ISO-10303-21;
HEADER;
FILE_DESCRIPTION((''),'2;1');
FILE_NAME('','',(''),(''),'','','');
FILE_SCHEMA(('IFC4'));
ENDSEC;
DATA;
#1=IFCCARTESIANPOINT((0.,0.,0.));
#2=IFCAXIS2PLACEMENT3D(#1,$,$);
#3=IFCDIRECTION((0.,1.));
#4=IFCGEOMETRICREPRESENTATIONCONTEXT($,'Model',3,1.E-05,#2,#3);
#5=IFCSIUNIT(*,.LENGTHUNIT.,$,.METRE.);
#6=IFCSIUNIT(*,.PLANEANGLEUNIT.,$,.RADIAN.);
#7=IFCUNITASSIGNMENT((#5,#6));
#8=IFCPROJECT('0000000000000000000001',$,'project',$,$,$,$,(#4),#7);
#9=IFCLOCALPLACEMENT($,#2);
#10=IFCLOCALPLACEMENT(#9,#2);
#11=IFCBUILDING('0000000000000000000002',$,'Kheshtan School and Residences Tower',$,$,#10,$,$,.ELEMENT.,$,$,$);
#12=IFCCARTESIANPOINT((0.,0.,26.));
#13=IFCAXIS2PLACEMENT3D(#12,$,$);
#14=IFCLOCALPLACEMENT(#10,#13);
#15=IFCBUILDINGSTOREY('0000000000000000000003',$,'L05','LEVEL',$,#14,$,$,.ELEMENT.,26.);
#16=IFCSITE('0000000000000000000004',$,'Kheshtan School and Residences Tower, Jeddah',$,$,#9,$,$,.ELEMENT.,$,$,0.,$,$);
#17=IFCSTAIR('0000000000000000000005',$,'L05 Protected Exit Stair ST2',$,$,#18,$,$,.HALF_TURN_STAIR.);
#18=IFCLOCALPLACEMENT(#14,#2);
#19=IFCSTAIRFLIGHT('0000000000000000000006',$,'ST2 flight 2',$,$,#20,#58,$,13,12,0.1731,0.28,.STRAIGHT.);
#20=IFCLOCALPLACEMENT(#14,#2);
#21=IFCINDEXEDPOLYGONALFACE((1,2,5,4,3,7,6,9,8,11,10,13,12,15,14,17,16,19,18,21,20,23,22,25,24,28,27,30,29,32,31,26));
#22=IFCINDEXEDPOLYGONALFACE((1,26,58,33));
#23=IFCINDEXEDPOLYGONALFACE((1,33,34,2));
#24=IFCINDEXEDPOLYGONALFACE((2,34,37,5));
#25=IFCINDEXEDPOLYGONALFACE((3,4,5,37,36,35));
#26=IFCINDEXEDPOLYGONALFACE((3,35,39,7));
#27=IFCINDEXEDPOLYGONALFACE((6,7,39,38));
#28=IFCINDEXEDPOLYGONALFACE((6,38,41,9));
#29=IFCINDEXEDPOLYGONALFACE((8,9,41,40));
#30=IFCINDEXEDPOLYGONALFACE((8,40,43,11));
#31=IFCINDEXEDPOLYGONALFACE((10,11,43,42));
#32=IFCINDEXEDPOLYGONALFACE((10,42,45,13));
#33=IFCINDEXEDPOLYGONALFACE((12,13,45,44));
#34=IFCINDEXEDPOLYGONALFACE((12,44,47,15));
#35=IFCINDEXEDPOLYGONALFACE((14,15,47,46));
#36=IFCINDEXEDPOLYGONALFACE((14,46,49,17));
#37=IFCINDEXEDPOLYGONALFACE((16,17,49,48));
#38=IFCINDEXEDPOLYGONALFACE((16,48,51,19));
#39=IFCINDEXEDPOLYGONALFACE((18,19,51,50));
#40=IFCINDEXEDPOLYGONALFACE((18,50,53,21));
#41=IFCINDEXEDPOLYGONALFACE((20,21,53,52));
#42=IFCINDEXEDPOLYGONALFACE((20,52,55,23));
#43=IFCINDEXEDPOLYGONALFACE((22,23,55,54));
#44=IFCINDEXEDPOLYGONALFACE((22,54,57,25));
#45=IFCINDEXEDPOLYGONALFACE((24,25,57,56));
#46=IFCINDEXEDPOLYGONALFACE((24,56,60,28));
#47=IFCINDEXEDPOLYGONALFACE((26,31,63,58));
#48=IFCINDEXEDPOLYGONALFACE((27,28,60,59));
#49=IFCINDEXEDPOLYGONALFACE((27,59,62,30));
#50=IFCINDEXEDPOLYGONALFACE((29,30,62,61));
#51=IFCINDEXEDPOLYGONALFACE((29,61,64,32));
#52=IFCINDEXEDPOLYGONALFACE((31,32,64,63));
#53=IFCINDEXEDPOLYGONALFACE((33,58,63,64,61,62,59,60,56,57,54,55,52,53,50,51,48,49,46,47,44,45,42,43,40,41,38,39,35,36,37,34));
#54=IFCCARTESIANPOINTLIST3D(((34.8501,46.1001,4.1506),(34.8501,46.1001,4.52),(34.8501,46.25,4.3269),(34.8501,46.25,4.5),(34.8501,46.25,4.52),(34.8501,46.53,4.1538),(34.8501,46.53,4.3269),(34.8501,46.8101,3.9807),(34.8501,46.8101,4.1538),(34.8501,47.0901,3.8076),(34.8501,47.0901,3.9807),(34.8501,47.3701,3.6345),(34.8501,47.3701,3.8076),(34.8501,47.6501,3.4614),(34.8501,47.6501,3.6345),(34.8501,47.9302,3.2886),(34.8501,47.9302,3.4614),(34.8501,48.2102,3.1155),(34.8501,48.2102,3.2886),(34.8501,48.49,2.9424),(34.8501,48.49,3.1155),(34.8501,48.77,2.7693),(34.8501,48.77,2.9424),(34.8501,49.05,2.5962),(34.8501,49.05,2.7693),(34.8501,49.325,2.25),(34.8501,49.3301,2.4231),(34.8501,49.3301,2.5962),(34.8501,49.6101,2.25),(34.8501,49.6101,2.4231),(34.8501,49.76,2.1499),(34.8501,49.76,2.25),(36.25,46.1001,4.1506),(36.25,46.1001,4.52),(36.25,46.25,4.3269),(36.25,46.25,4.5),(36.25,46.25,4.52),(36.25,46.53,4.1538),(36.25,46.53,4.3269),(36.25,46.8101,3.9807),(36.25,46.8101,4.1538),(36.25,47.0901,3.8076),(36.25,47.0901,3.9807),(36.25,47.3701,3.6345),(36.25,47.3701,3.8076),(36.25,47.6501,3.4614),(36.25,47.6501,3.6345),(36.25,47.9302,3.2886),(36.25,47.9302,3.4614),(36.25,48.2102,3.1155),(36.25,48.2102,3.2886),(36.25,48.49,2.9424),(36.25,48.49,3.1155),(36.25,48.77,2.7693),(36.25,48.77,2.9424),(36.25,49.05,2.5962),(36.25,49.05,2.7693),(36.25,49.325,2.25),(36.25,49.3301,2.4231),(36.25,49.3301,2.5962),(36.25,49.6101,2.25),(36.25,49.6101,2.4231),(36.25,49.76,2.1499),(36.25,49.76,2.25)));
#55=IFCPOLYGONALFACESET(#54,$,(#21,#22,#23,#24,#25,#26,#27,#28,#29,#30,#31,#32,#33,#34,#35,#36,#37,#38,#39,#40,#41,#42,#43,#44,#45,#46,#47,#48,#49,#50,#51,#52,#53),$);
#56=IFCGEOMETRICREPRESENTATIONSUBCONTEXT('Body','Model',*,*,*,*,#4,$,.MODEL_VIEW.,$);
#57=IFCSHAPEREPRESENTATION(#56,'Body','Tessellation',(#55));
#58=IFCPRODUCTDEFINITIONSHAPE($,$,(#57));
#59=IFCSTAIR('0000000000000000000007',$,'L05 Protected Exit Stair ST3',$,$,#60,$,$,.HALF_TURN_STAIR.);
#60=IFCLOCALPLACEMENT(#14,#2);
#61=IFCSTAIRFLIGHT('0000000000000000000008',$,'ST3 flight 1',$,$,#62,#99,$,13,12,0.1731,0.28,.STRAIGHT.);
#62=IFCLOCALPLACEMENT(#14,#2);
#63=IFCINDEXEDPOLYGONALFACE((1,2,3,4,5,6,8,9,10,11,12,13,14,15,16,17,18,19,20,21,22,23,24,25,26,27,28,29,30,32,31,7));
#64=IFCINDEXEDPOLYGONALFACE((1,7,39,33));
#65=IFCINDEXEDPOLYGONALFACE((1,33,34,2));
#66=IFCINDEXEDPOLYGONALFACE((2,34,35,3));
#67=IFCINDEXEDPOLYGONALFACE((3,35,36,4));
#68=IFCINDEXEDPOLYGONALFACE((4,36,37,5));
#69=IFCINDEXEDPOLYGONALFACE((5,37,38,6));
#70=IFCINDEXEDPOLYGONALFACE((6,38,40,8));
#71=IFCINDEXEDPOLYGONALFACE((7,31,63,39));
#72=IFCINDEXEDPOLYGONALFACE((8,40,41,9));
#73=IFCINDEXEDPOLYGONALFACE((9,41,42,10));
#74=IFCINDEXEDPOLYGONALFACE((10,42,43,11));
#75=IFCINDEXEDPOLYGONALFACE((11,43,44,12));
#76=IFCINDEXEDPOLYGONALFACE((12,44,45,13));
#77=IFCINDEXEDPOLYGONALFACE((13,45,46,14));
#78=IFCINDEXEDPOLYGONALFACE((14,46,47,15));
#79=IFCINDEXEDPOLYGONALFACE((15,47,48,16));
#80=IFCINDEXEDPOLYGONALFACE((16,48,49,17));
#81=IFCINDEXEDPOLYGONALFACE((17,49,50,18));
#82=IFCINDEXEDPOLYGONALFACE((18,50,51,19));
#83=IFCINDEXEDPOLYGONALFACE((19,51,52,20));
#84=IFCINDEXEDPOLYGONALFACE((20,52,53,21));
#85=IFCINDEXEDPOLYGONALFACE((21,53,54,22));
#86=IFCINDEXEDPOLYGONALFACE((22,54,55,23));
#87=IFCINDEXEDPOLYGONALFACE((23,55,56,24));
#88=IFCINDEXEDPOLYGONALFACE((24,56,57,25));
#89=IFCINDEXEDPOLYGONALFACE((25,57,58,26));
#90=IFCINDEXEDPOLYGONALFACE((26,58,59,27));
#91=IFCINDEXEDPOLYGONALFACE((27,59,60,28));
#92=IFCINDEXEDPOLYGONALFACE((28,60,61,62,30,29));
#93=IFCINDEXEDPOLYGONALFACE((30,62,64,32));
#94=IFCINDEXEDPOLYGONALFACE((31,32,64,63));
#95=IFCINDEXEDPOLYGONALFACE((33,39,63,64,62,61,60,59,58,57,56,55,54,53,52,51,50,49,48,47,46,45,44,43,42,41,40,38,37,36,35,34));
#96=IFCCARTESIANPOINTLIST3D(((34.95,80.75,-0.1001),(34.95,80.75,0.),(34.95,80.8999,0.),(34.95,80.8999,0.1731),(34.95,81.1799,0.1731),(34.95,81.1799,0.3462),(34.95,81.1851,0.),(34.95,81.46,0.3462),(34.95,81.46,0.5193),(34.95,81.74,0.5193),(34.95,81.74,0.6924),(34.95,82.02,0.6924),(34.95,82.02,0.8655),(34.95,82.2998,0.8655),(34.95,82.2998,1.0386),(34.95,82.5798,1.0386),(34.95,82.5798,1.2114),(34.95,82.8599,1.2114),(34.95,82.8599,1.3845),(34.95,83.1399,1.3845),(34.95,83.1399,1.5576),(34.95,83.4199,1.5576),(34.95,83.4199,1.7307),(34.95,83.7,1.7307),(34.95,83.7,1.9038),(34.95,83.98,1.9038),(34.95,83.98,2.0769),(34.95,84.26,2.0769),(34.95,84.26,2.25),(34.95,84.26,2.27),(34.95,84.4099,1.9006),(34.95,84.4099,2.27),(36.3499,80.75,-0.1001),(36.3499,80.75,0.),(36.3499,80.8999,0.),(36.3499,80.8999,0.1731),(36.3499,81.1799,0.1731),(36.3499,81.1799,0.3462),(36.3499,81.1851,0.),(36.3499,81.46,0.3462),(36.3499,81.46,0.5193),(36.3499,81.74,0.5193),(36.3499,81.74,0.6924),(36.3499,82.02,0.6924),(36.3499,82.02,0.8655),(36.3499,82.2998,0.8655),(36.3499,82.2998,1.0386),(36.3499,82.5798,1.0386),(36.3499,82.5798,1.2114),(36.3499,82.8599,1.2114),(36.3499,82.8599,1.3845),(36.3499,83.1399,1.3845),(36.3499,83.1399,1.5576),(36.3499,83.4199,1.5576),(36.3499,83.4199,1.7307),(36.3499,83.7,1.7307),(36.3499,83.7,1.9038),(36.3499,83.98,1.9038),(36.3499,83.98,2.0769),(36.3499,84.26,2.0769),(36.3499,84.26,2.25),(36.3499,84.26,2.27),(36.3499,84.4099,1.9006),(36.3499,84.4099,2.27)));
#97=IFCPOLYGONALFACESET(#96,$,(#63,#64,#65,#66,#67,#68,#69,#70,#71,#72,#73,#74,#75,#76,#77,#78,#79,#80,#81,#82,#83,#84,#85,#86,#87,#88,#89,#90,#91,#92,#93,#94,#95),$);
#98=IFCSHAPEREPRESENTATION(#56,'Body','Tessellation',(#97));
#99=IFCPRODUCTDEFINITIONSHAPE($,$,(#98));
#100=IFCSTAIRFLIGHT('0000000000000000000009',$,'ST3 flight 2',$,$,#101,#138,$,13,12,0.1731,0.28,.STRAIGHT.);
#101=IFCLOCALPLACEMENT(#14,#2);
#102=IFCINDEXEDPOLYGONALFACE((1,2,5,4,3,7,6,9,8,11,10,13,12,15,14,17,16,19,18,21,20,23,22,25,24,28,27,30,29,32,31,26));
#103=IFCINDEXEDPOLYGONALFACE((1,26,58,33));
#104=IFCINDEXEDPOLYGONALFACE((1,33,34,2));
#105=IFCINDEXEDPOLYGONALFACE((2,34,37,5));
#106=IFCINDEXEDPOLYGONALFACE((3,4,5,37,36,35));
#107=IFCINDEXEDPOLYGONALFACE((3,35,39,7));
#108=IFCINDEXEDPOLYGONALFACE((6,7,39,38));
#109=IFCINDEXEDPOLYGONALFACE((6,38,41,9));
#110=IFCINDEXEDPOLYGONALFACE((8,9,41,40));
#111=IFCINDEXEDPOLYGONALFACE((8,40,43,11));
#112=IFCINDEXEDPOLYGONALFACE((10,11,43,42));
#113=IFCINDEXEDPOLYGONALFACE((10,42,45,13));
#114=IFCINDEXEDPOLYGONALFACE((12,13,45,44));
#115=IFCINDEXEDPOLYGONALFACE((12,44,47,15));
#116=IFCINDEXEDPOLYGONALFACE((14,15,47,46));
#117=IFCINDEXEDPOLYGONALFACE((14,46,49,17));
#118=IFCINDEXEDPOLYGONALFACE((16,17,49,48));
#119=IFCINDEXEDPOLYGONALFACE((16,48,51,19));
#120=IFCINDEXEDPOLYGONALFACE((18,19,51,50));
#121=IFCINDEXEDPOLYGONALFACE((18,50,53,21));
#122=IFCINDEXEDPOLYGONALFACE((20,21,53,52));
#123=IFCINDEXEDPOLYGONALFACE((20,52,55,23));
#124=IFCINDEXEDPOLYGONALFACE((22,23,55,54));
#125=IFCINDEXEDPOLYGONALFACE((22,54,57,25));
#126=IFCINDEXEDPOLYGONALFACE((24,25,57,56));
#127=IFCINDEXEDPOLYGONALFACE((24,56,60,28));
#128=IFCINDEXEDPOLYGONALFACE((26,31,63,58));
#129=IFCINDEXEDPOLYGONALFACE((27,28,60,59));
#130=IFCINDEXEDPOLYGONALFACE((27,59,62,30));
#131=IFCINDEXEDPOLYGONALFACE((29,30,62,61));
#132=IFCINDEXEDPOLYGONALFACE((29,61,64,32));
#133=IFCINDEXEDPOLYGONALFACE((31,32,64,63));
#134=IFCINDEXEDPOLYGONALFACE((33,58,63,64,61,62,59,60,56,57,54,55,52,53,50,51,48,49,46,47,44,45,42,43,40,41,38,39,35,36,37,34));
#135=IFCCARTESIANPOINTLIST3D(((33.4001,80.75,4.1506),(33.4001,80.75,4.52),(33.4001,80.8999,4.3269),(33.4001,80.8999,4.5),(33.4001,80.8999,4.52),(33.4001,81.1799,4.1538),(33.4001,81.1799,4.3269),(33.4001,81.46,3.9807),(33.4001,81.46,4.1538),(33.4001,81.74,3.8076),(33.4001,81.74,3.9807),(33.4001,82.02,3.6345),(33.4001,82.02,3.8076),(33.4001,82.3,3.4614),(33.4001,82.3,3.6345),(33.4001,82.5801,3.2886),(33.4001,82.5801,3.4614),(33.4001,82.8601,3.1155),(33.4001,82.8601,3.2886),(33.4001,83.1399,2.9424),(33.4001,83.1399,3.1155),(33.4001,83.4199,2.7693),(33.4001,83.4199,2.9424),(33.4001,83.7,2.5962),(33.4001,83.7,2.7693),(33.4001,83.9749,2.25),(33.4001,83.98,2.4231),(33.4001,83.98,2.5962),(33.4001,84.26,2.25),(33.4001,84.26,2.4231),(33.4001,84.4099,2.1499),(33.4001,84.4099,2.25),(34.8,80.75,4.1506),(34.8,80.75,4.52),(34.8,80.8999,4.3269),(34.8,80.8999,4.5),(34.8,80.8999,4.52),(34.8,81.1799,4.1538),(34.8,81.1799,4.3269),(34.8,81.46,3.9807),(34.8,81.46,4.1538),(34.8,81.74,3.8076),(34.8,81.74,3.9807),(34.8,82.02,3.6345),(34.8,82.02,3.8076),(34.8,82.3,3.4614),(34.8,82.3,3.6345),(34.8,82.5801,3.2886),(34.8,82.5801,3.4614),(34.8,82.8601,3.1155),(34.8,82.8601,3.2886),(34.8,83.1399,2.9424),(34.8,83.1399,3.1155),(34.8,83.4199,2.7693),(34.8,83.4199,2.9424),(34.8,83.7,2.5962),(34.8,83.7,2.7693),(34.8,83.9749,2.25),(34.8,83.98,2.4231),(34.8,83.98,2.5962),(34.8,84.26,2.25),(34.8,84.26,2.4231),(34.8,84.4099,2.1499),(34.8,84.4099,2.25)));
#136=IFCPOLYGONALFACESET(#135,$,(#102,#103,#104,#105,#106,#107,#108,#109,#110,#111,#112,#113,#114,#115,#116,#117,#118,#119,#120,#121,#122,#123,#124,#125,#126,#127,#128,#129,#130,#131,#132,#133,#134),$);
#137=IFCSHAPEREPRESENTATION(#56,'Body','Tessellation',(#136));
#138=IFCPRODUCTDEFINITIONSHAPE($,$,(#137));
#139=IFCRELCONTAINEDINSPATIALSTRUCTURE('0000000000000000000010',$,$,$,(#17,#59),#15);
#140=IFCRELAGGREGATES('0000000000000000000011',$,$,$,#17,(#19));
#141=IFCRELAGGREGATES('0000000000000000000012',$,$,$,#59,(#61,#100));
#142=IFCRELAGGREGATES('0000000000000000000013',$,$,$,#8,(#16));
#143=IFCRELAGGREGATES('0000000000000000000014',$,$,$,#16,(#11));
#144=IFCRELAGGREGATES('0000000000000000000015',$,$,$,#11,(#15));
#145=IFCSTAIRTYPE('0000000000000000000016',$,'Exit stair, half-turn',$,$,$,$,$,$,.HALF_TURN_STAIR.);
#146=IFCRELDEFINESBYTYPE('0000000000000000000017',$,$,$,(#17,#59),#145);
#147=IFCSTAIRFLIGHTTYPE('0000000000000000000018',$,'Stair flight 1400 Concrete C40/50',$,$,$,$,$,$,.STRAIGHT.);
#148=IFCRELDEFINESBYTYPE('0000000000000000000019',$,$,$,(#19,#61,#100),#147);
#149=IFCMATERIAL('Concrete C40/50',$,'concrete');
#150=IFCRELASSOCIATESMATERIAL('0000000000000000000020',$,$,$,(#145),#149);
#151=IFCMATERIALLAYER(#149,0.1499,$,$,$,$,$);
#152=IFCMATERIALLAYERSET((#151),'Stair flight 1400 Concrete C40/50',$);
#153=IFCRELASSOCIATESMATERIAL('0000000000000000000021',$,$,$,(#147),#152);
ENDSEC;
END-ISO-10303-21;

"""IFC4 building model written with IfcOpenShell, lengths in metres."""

from ifc_helpers import new_model, si_unit, direction, frame, origin, place, context, subcontext, project, spatial, polyline, outline, extrude, material, layer, layer_set, type_object, element, aggregate, save


model = new_model("IFC4")

# Units and contexts
model_context = context("Model", 3, precision=1e-05, world=origin(), true_north=direction((0.0, 1.0)))
body_context = subcontext(model_context, "Body", "Model", "MODEL_VIEW")
ifc_project = project(units=[si_unit("LENGTHUNIT", "METRE"), si_unit("PLANEANGLEUNIT", "RADIAN")], contexts=[model_context])

# Site, building, storey
site_placement = place(None, origin())
site = spatial("IfcSite", under=ifc_project, at=site_placement, Name="Kheshtan School and Residences Tower, Jeddah", CompositionType="ELEMENT", RefElevation=0.0)
building_placement = place(site_placement, origin())
building = spatial("IfcBuilding", under=site, at=building_placement, Name="Kheshtan School and Residences Tower", CompositionType="ELEMENT")
storey_placement = place(building_placement, frame((0.0, 0.0, 26.0)))
storey = spatial("IfcBuildingStorey", under=building, at=storey_placement, Name="L05", Description="LEVEL", CompositionType="ELEMENT", Elevation=26.0)

# Shared definitions
ifc_material_1 = material(Name="Concrete C40/50", Category="concrete")

# Stair, stair flight
stair_type = type_object("IfcStairType", Name="Exit stair, half-turn", PredefinedType="HALF_TURN_STAIR", material=ifc_material_1)
stair_1_placement = place(storey_placement, origin())
stair_1 = element("IfcStair", 1, at=stair_1_placement, inside=storey, type_object=stair_type, Name="L05 Protected Exit Stair ST2", PredefinedType="HALF_TURN_STAIR")
ifc_layer_1 = layer(ifc_material_1, 0.1499)
ifc_layer_set_1 = layer_set([ifc_layer_1], Name="Stair flight 1400 Concrete C40/50")
stair_flight_type = type_object("IfcStairFlightType", Name="Stair flight 1400 Concrete C40/50", PredefinedType="STRAIGHT", material=ifc_layer_set_1)
stair_flight_1_placement = place(storey_placement, frame((35.55, 49.6101, 2.25), z_axis=(0.0, 0.0, 1.0), x_axis=(0.0, -1.0, 0.0)))
stair_flight_1 = element("IfcStairFlight", 2, at=stair_flight_1_placement, type_object=stair_flight_type, Name="ST2 flight 2", NumberOfRisers=13, NumberOfTreads=12, PredefinedType="STRAIGHT", RiserHeight=0.1731, TreadLength=0.28, context=body_context, shape_type="SweptSolid", body=[
    extrude(outline(polyline([(-0.1499, -0.1001), (-0.1499, 0.0), (0.0, 0.0), (0.0, 0.1731), (0.28, 0.1731), (0.28, 0.3462), (0.5601, 0.3462), (0.5601, 0.5193), (0.8401, 0.5193), (0.8401, 0.6924), (1.1201, 0.6924), (1.1201, 0.8655), (1.3999, 0.8655), (1.3999, 1.0386), (1.6799, 1.0386), (1.6799, 1.2114), (1.96, 1.2114), (1.96, 1.3845), (2.24, 1.3845), (2.24, 1.5576), (2.52, 1.5576), (2.52, 1.7307), (2.8, 1.7307), (2.8, 1.9038), (3.0801, 1.9038), (3.0801, 2.0769), (3.3601, 2.0769), (3.3601, 2.25), (3.3601, 2.27), (3.51, 2.27), (3.51, 1.9006), (0.2852, 0.0), (-0.1499, -0.1001)])), frame((0.0, 0.7, 0.0), z_axis=(0.0, -1.0, 0.0), x_axis=(1.0, 0.0, 0.0)), (0.0, 0.0, 1.0), 1.3999),
])
aggregate(stair_1, [stair_flight_1])

# Stair, stair flights
stair_2_placement = place(storey_placement, origin())
stair_2 = element("IfcStair", 3, at=stair_2_placement, inside=storey, type_object=stair_type, Name="L05 Protected Exit Stair ST3", PredefinedType="HALF_TURN_STAIR")
stair_flight_2_placement = place(storey_placement, frame((35.6499, 80.8999, 0.0), z_axis=(0.0, 0.0, 1.0), x_axis=(0.0, 1.0, 0.0)))
stair_flight_2 = element("IfcStairFlight", 4, at=stair_flight_2_placement, type_object=stair_flight_type, Name="ST3 flight 1", NumberOfRisers=13, NumberOfTreads=12, PredefinedType="STRAIGHT", RiserHeight=0.1731, TreadLength=0.28, context=body_context, shape_type="SweptSolid", body=[
    extrude(outline(polyline([(-0.1499, -0.1001), (-0.1499, 0.0), (0.0, 0.0), (0.0, 0.1731), (0.28, 0.1731), (0.28, 0.3462), (0.5601, 0.3462), (0.5601, 0.5193), (0.8401, 0.5193), (0.8401, 0.6924), (1.1201, 0.6924), (1.1201, 0.8655), (1.3999, 0.8655), (1.3999, 1.0386), (1.6799, 1.0386), (1.6799, 1.2114), (1.96, 1.2114), (1.96, 1.3845), (2.24, 1.3845), (2.24, 1.5576), (2.52, 1.5576), (2.52, 1.7307), (2.8, 1.7307), (2.8, 1.9038), (3.0801, 1.9038), (3.0801, 2.0769), (3.3601, 2.0769), (3.3601, 2.25), (3.3601, 2.27), (3.51, 2.27), (3.51, 1.9006), (0.2852, 0.0), (-0.1499, -0.1001)])), frame((0.0, 0.7, 0.0), z_axis=(0.0, -1.0, 0.0), x_axis=(1.0, 0.0, 0.0)), (0.0, 0.0, 1.0), 1.3999),
])
stair_flight_3_placement = place(storey_placement, frame((34.1001, 84.26, 2.25), z_axis=(0.0, 0.0, 1.0), x_axis=(0.0, -1.0, 0.0)))
stair_flight_3 = element("IfcStairFlight", 5, at=stair_flight_3_placement, type_object=stair_flight_type, Name="ST3 flight 2", NumberOfRisers=13, NumberOfTreads=12, PredefinedType="STRAIGHT", RiserHeight=0.1731, TreadLength=0.28, context=body_context, shape_type="SweptSolid", body=[
    extrude(outline(polyline([(-0.1499, -0.1001), (-0.1499, 0.0), (0.0, 0.0), (0.0, 0.1731), (0.28, 0.1731), (0.28, 0.3462), (0.5601, 0.3462), (0.5601, 0.5193), (0.8401, 0.5193), (0.8401, 0.6924), (1.1201, 0.6924), (1.1201, 0.8655), (1.3999, 0.8655), (1.3999, 1.0386), (1.6799, 1.0386), (1.6799, 1.2114), (1.96, 1.2114), (1.96, 1.3845), (2.24, 1.3845), (2.24, 1.5576), (2.52, 1.5576), (2.52, 1.7307), (2.8, 1.7307), (2.8, 1.9038), (3.0801, 1.9038), (3.0801, 2.0769), (3.3601, 2.0769), (3.3601, 2.25), (3.3601, 2.27), (3.51, 2.27), (3.51, 1.9006), (0.2852, 0.0), (-0.1499, -0.1001)])), frame((0.0, 0.7, 0.0), z_axis=(0.0, -1.0, 0.0), x_axis=(1.0, 0.0, 0.0)), (0.0, 0.0, 1.0), 1.3999),
])
aggregate(stair_2, [stair_flight_2, stair_flight_3])

save(model, "model.ifc")
